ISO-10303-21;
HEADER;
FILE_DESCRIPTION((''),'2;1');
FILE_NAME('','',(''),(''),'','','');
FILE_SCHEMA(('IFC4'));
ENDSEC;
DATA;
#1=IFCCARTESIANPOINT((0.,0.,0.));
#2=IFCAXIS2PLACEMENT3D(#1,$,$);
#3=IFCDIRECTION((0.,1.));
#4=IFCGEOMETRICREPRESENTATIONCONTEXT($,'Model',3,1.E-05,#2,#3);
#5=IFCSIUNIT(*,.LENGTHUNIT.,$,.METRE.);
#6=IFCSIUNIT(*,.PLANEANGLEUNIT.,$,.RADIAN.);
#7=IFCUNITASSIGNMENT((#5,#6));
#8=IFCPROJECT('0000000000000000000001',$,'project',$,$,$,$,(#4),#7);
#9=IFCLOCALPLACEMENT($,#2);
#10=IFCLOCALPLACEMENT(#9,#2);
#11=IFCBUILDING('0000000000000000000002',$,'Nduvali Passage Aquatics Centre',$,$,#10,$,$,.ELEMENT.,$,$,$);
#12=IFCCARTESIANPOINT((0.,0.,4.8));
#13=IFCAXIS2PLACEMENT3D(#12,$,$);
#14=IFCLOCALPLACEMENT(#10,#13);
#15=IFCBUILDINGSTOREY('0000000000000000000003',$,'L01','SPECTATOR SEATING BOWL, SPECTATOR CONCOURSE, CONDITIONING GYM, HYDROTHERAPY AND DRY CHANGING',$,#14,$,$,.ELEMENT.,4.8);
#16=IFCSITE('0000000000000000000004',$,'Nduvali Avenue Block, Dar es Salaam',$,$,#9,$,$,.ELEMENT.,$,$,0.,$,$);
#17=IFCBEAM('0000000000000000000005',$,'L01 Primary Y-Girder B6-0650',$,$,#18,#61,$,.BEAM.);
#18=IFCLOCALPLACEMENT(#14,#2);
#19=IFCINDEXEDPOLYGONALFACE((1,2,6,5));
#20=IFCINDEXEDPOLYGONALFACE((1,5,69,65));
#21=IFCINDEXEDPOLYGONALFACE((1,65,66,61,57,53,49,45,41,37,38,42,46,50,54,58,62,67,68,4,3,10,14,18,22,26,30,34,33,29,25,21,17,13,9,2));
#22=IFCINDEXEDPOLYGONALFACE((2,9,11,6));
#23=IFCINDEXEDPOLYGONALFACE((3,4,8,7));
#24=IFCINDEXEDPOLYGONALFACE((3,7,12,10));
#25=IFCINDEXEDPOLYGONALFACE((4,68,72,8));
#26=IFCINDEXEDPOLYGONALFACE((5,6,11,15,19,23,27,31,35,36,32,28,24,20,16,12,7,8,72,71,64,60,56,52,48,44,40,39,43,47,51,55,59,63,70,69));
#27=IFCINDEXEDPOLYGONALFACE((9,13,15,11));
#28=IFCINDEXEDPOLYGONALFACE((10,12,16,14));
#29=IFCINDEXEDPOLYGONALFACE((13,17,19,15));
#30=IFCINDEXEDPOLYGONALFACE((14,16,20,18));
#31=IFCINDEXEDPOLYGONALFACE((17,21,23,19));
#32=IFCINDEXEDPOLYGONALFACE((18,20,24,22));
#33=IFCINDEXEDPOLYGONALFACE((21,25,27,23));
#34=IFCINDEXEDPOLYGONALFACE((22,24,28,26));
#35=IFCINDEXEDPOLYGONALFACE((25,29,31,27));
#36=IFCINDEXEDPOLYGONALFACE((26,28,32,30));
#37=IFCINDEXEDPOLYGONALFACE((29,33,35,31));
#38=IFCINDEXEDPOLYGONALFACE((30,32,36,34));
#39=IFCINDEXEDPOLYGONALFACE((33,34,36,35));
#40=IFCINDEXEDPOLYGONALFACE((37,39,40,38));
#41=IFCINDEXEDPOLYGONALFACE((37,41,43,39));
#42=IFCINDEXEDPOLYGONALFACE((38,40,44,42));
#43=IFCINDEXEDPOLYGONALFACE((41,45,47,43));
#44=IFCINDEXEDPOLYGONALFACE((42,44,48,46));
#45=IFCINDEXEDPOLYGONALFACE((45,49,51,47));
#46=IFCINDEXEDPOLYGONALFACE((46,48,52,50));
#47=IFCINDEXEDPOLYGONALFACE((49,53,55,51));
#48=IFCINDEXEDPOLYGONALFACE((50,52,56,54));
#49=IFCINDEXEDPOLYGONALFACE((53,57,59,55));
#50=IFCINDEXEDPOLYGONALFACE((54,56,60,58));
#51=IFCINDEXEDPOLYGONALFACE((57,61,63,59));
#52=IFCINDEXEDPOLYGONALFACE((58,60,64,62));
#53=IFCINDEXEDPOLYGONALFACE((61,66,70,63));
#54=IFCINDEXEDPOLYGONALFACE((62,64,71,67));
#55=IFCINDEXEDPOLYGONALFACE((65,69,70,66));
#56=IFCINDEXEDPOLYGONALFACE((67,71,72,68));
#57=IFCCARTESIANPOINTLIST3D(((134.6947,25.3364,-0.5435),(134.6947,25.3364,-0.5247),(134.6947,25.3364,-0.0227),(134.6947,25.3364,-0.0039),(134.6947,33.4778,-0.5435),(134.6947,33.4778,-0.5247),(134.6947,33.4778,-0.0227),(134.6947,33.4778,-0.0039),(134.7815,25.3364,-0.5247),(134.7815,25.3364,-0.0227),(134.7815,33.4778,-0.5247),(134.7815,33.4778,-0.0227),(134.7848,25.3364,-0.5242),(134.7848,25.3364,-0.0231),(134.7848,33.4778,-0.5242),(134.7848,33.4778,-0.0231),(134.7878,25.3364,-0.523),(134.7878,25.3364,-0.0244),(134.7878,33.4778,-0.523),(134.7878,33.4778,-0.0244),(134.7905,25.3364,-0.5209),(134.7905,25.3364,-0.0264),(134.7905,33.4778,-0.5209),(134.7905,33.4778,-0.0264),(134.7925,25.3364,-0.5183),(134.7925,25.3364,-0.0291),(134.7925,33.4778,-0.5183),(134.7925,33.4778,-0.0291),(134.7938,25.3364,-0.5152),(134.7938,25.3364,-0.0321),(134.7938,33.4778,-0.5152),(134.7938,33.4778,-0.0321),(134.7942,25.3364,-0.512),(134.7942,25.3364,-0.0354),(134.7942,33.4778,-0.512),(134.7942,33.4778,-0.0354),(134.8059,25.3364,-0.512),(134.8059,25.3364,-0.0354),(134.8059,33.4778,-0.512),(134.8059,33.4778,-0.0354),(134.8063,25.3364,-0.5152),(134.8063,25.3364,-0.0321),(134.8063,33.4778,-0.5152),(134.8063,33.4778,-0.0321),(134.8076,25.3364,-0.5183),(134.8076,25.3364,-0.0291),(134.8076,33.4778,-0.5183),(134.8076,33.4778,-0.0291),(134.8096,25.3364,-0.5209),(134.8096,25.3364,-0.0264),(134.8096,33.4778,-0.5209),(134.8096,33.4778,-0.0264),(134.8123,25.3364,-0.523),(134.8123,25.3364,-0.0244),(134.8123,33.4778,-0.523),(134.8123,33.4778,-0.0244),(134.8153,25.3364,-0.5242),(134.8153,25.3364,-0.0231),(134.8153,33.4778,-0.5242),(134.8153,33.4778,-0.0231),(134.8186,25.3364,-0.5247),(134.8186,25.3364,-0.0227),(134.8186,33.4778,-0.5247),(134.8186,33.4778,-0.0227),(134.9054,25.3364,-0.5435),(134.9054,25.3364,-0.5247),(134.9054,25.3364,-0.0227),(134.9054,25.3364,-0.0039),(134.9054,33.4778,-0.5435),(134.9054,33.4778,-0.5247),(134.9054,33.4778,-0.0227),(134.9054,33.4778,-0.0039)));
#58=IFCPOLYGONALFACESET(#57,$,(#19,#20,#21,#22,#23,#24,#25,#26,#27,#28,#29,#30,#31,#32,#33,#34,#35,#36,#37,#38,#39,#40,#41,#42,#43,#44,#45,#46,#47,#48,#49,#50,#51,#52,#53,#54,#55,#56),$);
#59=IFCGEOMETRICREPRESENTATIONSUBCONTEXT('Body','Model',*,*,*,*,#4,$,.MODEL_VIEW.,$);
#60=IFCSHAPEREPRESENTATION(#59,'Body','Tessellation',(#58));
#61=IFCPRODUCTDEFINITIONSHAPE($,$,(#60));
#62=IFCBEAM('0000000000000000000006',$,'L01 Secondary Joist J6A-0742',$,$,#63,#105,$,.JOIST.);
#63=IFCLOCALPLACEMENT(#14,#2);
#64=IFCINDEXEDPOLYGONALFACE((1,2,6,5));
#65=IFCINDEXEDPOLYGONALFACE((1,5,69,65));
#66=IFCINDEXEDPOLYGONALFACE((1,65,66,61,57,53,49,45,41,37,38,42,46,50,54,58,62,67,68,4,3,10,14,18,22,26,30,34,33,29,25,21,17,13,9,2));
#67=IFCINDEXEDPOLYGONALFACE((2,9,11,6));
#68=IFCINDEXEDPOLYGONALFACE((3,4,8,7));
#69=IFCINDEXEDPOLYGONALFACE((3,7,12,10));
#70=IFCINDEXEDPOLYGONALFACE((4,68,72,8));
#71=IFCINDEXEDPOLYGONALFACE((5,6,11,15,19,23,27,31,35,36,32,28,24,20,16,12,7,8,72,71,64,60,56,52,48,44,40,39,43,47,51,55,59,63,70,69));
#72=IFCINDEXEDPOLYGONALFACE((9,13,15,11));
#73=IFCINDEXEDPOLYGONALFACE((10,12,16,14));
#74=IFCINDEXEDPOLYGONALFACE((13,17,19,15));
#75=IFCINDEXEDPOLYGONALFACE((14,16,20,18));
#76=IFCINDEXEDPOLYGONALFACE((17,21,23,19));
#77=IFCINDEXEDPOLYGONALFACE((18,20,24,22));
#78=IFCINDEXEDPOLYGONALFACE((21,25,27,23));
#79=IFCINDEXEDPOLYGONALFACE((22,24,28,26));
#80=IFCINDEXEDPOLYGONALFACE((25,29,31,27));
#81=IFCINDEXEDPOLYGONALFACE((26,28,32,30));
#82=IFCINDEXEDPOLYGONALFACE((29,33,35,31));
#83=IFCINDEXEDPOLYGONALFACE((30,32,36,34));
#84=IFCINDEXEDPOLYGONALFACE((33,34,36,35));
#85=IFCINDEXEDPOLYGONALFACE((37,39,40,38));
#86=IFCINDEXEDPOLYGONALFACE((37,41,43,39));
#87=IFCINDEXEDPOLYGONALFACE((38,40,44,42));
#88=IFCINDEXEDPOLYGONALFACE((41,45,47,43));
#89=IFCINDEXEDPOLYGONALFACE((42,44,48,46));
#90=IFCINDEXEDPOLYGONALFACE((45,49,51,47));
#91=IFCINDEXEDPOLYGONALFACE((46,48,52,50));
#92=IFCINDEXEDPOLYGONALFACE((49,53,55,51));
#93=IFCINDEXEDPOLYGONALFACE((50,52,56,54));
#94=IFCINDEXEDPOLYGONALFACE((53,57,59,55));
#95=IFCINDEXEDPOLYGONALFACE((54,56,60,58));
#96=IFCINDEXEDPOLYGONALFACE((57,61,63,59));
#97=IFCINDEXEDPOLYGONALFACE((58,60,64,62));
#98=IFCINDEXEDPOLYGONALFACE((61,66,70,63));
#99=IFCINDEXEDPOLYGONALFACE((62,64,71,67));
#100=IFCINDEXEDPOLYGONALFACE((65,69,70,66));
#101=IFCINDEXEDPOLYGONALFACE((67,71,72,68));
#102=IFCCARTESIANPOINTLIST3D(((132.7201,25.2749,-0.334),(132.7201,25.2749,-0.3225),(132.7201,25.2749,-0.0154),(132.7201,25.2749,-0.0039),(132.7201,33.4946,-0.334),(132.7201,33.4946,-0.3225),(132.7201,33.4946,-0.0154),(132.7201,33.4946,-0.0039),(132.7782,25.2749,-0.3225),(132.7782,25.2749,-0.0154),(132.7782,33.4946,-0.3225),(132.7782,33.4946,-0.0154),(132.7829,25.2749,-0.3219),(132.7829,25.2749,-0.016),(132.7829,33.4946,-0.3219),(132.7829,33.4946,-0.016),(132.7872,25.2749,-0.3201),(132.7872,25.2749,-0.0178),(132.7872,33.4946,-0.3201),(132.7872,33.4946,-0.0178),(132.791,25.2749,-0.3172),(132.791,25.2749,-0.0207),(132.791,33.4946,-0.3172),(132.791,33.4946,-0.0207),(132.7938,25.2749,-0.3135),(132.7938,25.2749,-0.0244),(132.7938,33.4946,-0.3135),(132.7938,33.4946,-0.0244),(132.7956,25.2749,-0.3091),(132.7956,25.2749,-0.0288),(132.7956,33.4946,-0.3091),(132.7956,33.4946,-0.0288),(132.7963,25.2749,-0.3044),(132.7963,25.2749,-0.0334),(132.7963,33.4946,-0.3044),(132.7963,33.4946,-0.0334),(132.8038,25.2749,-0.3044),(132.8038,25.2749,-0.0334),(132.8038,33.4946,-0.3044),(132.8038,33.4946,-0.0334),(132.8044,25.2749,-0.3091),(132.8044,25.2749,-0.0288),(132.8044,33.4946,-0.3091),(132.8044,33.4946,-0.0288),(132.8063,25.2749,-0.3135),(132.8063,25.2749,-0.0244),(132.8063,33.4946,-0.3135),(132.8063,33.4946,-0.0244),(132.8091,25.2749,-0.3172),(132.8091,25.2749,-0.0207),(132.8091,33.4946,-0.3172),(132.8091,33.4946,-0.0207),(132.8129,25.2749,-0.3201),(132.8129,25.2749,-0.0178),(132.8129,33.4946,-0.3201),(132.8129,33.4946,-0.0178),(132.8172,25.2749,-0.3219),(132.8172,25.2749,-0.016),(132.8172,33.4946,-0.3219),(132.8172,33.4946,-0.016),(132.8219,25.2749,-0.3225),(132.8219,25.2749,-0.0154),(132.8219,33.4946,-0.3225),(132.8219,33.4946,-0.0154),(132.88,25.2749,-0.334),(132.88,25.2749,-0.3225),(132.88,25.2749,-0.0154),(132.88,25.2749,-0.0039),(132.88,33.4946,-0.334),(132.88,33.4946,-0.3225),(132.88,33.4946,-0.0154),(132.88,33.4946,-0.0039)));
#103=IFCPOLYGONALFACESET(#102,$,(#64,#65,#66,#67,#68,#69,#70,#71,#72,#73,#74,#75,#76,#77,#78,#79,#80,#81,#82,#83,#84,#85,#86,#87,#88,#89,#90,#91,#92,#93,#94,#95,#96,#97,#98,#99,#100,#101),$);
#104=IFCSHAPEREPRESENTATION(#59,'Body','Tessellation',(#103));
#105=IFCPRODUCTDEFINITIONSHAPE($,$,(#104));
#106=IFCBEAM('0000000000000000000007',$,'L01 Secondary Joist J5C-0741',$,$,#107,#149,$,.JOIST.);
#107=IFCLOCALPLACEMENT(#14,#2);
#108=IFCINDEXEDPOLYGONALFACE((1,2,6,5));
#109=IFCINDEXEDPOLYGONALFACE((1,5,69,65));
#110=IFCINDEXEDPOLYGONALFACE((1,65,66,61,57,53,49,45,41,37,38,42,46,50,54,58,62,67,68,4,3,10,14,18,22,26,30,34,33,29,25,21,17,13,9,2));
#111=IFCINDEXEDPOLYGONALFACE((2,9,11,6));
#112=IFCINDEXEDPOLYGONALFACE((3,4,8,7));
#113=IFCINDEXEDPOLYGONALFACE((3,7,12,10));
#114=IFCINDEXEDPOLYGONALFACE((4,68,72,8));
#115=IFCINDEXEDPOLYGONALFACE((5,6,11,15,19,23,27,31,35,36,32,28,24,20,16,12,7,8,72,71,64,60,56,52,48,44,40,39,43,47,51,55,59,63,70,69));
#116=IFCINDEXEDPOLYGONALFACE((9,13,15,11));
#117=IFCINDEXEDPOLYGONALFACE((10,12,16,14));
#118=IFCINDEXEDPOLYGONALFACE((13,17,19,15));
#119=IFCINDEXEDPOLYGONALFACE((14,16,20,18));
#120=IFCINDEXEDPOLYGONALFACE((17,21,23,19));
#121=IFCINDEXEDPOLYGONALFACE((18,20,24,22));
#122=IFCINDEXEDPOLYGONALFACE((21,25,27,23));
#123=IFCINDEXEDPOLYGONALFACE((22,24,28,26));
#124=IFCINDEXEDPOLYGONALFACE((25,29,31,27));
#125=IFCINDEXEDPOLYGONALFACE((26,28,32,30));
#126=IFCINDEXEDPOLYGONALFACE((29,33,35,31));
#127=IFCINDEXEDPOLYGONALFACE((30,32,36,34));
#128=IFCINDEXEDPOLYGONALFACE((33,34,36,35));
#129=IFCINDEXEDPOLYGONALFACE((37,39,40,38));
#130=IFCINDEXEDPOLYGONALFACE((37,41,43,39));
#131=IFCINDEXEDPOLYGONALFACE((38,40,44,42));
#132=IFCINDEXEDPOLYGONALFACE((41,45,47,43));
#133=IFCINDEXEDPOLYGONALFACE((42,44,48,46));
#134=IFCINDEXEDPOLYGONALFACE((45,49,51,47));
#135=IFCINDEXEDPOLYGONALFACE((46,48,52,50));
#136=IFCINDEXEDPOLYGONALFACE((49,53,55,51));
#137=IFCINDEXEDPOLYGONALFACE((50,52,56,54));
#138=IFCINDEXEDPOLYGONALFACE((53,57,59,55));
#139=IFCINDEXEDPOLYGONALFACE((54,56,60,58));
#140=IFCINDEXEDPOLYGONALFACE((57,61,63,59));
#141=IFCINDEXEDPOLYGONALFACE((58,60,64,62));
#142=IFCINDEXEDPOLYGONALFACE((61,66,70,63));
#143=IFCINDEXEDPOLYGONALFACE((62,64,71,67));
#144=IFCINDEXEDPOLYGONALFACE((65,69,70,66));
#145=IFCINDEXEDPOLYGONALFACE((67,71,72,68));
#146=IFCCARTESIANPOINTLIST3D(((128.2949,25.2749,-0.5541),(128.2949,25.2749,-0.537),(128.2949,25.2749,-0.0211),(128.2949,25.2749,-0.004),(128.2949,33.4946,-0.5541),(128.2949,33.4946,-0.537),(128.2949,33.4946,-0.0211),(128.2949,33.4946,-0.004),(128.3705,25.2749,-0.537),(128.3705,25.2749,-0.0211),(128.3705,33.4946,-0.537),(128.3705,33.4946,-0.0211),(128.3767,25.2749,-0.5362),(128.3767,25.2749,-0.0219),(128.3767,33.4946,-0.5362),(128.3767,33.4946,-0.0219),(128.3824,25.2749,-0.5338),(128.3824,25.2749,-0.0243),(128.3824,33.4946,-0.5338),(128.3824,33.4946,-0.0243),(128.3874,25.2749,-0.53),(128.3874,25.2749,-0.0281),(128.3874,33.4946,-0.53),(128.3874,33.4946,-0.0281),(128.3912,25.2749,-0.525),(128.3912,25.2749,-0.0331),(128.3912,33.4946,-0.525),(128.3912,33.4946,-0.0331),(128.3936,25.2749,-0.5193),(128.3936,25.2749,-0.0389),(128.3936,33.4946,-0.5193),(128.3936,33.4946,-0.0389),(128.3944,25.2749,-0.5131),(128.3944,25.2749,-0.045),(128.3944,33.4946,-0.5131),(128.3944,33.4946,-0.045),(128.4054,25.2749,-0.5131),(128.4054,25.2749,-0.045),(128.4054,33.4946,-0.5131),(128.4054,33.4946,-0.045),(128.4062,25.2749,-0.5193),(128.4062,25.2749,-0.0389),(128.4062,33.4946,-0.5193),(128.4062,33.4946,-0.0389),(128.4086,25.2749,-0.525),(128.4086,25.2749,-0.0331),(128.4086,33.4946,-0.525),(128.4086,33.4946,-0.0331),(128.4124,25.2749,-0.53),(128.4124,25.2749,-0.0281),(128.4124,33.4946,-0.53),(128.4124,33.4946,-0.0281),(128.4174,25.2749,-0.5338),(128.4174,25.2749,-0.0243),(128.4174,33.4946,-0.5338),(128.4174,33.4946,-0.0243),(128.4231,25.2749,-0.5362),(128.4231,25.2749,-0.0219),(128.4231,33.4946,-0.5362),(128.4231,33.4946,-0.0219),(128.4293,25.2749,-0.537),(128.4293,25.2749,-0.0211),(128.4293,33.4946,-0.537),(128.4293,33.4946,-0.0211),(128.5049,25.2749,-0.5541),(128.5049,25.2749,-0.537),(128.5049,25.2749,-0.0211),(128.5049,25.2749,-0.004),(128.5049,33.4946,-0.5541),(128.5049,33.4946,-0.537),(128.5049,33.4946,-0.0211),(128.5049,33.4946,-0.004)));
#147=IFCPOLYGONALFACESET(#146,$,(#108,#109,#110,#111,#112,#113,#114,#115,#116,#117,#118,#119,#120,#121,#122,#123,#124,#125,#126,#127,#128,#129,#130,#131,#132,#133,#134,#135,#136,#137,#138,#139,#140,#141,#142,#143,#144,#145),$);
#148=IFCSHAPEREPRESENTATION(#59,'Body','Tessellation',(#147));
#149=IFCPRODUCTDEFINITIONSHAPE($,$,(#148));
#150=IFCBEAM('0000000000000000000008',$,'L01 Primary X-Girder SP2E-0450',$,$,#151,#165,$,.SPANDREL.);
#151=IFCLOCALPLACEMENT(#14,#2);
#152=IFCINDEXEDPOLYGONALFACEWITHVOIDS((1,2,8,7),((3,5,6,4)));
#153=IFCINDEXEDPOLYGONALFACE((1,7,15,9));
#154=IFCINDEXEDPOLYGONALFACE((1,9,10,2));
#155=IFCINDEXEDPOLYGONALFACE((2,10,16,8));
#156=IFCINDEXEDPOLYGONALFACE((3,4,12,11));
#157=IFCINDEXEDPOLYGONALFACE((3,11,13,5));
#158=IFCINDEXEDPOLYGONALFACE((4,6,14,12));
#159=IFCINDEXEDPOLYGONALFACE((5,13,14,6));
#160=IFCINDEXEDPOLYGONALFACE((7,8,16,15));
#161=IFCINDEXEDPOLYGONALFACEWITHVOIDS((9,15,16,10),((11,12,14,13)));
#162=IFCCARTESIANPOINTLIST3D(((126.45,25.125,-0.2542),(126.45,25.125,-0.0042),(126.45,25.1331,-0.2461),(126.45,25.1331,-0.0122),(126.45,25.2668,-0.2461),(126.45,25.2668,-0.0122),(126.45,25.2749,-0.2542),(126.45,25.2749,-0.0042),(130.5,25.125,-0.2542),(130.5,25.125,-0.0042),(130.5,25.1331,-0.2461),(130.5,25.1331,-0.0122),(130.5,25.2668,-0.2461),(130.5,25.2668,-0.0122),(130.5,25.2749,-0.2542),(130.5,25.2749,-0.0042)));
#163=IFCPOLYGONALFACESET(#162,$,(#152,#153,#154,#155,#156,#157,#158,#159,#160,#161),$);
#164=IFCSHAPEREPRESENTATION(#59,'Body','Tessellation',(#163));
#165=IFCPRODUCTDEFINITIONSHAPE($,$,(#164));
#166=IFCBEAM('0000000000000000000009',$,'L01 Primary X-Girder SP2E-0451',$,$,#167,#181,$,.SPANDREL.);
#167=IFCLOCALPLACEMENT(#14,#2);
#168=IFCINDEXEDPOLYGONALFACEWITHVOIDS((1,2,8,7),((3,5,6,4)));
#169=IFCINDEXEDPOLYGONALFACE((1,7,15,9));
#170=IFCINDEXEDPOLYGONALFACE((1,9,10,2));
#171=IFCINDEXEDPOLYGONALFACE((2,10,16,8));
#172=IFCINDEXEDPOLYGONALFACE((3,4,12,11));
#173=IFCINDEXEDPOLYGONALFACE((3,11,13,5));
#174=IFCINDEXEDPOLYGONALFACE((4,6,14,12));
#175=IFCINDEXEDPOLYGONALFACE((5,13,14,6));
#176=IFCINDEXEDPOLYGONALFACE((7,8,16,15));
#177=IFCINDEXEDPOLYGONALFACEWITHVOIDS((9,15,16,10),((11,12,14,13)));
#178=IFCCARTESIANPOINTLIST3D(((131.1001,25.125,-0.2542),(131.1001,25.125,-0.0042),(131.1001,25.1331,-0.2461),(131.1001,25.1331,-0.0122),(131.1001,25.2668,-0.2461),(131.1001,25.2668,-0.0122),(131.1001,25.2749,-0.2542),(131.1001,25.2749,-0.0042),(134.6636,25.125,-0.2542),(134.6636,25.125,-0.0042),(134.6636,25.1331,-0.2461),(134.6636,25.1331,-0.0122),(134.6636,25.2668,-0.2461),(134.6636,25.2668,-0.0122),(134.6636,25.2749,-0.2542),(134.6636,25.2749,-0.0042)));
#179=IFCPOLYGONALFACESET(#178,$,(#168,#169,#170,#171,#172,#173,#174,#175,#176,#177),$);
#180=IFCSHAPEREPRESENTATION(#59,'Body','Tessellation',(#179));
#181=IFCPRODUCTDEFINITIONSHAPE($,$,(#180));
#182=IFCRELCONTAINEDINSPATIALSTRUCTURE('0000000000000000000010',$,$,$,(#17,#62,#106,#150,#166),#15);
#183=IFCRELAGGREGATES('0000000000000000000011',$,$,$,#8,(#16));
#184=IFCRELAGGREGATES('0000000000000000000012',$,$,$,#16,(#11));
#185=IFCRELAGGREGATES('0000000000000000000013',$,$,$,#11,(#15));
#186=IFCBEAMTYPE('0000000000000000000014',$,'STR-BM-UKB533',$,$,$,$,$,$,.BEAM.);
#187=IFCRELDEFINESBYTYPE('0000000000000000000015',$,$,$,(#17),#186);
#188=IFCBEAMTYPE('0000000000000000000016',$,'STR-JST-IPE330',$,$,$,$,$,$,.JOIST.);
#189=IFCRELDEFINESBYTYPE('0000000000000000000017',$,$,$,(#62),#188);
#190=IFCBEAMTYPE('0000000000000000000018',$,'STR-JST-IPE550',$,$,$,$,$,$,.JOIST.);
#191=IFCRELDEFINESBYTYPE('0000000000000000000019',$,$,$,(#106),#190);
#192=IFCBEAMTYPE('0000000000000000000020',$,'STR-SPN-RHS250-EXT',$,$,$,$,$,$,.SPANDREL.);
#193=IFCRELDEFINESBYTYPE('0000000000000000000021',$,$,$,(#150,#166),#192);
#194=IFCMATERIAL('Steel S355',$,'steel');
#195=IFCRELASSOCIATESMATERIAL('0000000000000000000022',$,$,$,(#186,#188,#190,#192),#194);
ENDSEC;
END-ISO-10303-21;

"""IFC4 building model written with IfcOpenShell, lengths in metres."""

from ifc_helpers import new_model, si_unit, direction, frame, origin, origin_2d, place, context, subcontext, project, spatial, hollow_rectangle, i_section, extrude, material, material_profile, profile_set, type_object, element, save


model = new_model("IFC4")

# Units and contexts
model_context = context("Model", 3, precision=1e-05, world=origin(), true_north=direction((0.0, 1.0)))
body_context = subcontext(model_context, "Body", "Model", "MODEL_VIEW")
ifc_project = project(units=[si_unit("LENGTHUNIT", "METRE"), si_unit("PLANEANGLEUNIT", "RADIAN")], contexts=[model_context])

# Site, building, storey
site_placement = place(None, origin())
site = spatial("IfcSite", under=ifc_project, at=site_placement, Name="Nduvali Avenue Block, Dar es Salaam", CompositionType="ELEMENT", RefElevation=0.0)
building_placement = place(site_placement, origin())
building = spatial("IfcBuilding", under=site, at=building_placement, Name="Nduvali Passage Aquatics Centre", CompositionType="ELEMENT")
storey_placement = place(building_placement, frame((0.0, 0.0, 4.8)))
storey = spatial("IfcBuildingStorey", under=building, at=storey_placement, Name="L01", Description="SPECTATOR SEATING BOWL, SPECTATOR CONCOURSE, CONDITIONING GYM, HYDROTHERAPY AND DRY CHANGING", CompositionType="ELEMENT", Elevation=4.8)

# Beams
ifc_material_1 = material(Name="Steel S355", Category="steel")
ifc_material_profile_1 = material_profile(ifc_material_1, i_section(OverallWidth=0.2107, OverallDepth=0.5396, WebThickness=0.0117, FlangeThickness=0.0188, FilletRadius=0.0127, at=origin_2d()), Name="UKB 533x210x109")
ifc_profile_set_1 = profile_set([ifc_material_profile_1], Name="Steel S355")
beam_type_1 = type_object("IfcBeamType", Name="STR-BM-UKB533", PredefinedType="BEAM", material=ifc_profile_set_1)
beam_1_placement = place(storey_placement, frame((134.8, 25.3364, -0.2737), z_axis=(0.0, 1.0, 0.0), x_axis=(-1.0, 0.0, 0.0)))
element("IfcBeam", 1, at=beam_1_placement, inside=storey, type_object=beam_type_1, Name="L01 Primary Y-Girder B6-0650", PredefinedType="BEAM", context=body_context, shape_type="SweptSolid", body=[
    extrude(i_section(OverallWidth=0.2107, OverallDepth=0.5396, WebThickness=0.0117, FlangeThickness=0.0188, FilletRadius=0.0127, at=origin_2d()), origin(), (0.0, 0.0, 1.0), 8.1414),
])
ifc_material_profile_2 = material_profile(ifc_material_1, i_section(OverallWidth=0.1599, OverallDepth=0.3301, WebThickness=0.0076, FlangeThickness=0.0115, FilletRadius=0.0181, at=origin_2d()), Name="IPE 330")
ifc_profile_set_2 = profile_set([ifc_material_profile_2], Name="Steel S355")
beam_type_2 = type_object("IfcBeamType", Name="STR-JST-IPE330", PredefinedType="JOIST", material=ifc_profile_set_2)
beam_2_placement = place(storey_placement, frame((132.8, 25.2749, -0.1689), z_axis=(0.0, 1.0, 0.0), x_axis=(-1.0, 0.0, 0.0)))
element("IfcBeam", 2, at=beam_2_placement, inside=storey, type_object=beam_type_2, Name="L01 Secondary Joist J6A-0742", PredefinedType="JOIST", context=body_context, shape_type="SweptSolid", body=[
    extrude(i_section(OverallWidth=0.1599, OverallDepth=0.3301, WebThickness=0.0076, FlangeThickness=0.0115, FilletRadius=0.0181, at=origin_2d()), origin(), (0.0, 0.0, 1.0), 8.2197),
])
ifc_material_profile_3 = material_profile(ifc_material_1, i_section(OverallWidth=0.21, OverallDepth=0.55, WebThickness=0.011, FlangeThickness=0.0171, FilletRadius=0.0239, at=origin_2d()), Name="IPE 550")
ifc_profile_set_3 = profile_set([ifc_material_profile_3], Name="Steel S355")
beam_type_3 = type_object("IfcBeamType", Name="STR-JST-IPE550", PredefinedType="JOIST", material=ifc_profile_set_3)
beam_3_placement = place(storey_placement, frame((128.3999, 25.2749, -0.2791), z_axis=(0.0, 1.0, 0.0), x_axis=(-1.0, 0.0, 0.0)))
element("IfcBeam", 3, at=beam_3_placement, inside=storey, type_object=beam_type_3, Name="L01 Secondary Joist J5C-0741", PredefinedType="JOIST", context=body_context, shape_type="SweptSolid", body=[
    extrude(i_section(OverallWidth=0.21, OverallDepth=0.55, WebThickness=0.011, FlangeThickness=0.0171, FilletRadius=0.0239, at=origin_2d()), origin(), (0.0, 0.0, 1.0), 8.2197),
])
ifc_material_profile_4 = material_profile(ifc_material_1, hollow_rectangle(XDim=0.1499, YDim=0.25, WallThickness=0.0081, at=origin_2d()), Name="RHS 250x150x8.0")
ifc_profile_set_4 = profile_set([ifc_material_profile_4], Name="Steel S355")
beam_type_4 = type_object("IfcBeamType", Name="STR-SPN-RHS250-EXT", PredefinedType="SPANDREL", material=ifc_profile_set_4)
beam_4_placement = place(storey_placement, frame((126.45, 25.2, -0.1292), z_axis=(1.0, 0.0, 0.0), x_axis=(0.0, 1.0, 0.0)))
element("IfcBeam", 4, at=beam_4_placement, inside=storey, type_object=beam_type_4, Name="L01 Primary X-Girder SP2E-0450", PredefinedType="SPANDREL", context=body_context, shape_type="SweptSolid", body=[
    extrude(hollow_rectangle(XDim=0.1499, YDim=0.25, WallThickness=0.0081, at=origin_2d()), origin(), (0.0, 0.0, 1.0), 4.05),
])
beam_5_placement = place(storey_placement, frame((131.1001, 25.2, -0.1292), z_axis=(1.0, 0.0, 0.0), x_axis=(0.0, 1.0, 0.0)))
element("IfcBeam", 5, at=beam_5_placement, inside=storey, type_object=beam_type_4, Name="L01 Primary X-Girder SP2E-0451", PredefinedType="SPANDREL", context=body_context, shape_type="SweptSolid", body=[
    extrude(hollow_rectangle(XDim=0.1499, YDim=0.25, WallThickness=0.0081, at=origin_2d()), origin(), (0.0, 0.0, 1.0), 3.5635),
])

save(model, "model.ifc")
